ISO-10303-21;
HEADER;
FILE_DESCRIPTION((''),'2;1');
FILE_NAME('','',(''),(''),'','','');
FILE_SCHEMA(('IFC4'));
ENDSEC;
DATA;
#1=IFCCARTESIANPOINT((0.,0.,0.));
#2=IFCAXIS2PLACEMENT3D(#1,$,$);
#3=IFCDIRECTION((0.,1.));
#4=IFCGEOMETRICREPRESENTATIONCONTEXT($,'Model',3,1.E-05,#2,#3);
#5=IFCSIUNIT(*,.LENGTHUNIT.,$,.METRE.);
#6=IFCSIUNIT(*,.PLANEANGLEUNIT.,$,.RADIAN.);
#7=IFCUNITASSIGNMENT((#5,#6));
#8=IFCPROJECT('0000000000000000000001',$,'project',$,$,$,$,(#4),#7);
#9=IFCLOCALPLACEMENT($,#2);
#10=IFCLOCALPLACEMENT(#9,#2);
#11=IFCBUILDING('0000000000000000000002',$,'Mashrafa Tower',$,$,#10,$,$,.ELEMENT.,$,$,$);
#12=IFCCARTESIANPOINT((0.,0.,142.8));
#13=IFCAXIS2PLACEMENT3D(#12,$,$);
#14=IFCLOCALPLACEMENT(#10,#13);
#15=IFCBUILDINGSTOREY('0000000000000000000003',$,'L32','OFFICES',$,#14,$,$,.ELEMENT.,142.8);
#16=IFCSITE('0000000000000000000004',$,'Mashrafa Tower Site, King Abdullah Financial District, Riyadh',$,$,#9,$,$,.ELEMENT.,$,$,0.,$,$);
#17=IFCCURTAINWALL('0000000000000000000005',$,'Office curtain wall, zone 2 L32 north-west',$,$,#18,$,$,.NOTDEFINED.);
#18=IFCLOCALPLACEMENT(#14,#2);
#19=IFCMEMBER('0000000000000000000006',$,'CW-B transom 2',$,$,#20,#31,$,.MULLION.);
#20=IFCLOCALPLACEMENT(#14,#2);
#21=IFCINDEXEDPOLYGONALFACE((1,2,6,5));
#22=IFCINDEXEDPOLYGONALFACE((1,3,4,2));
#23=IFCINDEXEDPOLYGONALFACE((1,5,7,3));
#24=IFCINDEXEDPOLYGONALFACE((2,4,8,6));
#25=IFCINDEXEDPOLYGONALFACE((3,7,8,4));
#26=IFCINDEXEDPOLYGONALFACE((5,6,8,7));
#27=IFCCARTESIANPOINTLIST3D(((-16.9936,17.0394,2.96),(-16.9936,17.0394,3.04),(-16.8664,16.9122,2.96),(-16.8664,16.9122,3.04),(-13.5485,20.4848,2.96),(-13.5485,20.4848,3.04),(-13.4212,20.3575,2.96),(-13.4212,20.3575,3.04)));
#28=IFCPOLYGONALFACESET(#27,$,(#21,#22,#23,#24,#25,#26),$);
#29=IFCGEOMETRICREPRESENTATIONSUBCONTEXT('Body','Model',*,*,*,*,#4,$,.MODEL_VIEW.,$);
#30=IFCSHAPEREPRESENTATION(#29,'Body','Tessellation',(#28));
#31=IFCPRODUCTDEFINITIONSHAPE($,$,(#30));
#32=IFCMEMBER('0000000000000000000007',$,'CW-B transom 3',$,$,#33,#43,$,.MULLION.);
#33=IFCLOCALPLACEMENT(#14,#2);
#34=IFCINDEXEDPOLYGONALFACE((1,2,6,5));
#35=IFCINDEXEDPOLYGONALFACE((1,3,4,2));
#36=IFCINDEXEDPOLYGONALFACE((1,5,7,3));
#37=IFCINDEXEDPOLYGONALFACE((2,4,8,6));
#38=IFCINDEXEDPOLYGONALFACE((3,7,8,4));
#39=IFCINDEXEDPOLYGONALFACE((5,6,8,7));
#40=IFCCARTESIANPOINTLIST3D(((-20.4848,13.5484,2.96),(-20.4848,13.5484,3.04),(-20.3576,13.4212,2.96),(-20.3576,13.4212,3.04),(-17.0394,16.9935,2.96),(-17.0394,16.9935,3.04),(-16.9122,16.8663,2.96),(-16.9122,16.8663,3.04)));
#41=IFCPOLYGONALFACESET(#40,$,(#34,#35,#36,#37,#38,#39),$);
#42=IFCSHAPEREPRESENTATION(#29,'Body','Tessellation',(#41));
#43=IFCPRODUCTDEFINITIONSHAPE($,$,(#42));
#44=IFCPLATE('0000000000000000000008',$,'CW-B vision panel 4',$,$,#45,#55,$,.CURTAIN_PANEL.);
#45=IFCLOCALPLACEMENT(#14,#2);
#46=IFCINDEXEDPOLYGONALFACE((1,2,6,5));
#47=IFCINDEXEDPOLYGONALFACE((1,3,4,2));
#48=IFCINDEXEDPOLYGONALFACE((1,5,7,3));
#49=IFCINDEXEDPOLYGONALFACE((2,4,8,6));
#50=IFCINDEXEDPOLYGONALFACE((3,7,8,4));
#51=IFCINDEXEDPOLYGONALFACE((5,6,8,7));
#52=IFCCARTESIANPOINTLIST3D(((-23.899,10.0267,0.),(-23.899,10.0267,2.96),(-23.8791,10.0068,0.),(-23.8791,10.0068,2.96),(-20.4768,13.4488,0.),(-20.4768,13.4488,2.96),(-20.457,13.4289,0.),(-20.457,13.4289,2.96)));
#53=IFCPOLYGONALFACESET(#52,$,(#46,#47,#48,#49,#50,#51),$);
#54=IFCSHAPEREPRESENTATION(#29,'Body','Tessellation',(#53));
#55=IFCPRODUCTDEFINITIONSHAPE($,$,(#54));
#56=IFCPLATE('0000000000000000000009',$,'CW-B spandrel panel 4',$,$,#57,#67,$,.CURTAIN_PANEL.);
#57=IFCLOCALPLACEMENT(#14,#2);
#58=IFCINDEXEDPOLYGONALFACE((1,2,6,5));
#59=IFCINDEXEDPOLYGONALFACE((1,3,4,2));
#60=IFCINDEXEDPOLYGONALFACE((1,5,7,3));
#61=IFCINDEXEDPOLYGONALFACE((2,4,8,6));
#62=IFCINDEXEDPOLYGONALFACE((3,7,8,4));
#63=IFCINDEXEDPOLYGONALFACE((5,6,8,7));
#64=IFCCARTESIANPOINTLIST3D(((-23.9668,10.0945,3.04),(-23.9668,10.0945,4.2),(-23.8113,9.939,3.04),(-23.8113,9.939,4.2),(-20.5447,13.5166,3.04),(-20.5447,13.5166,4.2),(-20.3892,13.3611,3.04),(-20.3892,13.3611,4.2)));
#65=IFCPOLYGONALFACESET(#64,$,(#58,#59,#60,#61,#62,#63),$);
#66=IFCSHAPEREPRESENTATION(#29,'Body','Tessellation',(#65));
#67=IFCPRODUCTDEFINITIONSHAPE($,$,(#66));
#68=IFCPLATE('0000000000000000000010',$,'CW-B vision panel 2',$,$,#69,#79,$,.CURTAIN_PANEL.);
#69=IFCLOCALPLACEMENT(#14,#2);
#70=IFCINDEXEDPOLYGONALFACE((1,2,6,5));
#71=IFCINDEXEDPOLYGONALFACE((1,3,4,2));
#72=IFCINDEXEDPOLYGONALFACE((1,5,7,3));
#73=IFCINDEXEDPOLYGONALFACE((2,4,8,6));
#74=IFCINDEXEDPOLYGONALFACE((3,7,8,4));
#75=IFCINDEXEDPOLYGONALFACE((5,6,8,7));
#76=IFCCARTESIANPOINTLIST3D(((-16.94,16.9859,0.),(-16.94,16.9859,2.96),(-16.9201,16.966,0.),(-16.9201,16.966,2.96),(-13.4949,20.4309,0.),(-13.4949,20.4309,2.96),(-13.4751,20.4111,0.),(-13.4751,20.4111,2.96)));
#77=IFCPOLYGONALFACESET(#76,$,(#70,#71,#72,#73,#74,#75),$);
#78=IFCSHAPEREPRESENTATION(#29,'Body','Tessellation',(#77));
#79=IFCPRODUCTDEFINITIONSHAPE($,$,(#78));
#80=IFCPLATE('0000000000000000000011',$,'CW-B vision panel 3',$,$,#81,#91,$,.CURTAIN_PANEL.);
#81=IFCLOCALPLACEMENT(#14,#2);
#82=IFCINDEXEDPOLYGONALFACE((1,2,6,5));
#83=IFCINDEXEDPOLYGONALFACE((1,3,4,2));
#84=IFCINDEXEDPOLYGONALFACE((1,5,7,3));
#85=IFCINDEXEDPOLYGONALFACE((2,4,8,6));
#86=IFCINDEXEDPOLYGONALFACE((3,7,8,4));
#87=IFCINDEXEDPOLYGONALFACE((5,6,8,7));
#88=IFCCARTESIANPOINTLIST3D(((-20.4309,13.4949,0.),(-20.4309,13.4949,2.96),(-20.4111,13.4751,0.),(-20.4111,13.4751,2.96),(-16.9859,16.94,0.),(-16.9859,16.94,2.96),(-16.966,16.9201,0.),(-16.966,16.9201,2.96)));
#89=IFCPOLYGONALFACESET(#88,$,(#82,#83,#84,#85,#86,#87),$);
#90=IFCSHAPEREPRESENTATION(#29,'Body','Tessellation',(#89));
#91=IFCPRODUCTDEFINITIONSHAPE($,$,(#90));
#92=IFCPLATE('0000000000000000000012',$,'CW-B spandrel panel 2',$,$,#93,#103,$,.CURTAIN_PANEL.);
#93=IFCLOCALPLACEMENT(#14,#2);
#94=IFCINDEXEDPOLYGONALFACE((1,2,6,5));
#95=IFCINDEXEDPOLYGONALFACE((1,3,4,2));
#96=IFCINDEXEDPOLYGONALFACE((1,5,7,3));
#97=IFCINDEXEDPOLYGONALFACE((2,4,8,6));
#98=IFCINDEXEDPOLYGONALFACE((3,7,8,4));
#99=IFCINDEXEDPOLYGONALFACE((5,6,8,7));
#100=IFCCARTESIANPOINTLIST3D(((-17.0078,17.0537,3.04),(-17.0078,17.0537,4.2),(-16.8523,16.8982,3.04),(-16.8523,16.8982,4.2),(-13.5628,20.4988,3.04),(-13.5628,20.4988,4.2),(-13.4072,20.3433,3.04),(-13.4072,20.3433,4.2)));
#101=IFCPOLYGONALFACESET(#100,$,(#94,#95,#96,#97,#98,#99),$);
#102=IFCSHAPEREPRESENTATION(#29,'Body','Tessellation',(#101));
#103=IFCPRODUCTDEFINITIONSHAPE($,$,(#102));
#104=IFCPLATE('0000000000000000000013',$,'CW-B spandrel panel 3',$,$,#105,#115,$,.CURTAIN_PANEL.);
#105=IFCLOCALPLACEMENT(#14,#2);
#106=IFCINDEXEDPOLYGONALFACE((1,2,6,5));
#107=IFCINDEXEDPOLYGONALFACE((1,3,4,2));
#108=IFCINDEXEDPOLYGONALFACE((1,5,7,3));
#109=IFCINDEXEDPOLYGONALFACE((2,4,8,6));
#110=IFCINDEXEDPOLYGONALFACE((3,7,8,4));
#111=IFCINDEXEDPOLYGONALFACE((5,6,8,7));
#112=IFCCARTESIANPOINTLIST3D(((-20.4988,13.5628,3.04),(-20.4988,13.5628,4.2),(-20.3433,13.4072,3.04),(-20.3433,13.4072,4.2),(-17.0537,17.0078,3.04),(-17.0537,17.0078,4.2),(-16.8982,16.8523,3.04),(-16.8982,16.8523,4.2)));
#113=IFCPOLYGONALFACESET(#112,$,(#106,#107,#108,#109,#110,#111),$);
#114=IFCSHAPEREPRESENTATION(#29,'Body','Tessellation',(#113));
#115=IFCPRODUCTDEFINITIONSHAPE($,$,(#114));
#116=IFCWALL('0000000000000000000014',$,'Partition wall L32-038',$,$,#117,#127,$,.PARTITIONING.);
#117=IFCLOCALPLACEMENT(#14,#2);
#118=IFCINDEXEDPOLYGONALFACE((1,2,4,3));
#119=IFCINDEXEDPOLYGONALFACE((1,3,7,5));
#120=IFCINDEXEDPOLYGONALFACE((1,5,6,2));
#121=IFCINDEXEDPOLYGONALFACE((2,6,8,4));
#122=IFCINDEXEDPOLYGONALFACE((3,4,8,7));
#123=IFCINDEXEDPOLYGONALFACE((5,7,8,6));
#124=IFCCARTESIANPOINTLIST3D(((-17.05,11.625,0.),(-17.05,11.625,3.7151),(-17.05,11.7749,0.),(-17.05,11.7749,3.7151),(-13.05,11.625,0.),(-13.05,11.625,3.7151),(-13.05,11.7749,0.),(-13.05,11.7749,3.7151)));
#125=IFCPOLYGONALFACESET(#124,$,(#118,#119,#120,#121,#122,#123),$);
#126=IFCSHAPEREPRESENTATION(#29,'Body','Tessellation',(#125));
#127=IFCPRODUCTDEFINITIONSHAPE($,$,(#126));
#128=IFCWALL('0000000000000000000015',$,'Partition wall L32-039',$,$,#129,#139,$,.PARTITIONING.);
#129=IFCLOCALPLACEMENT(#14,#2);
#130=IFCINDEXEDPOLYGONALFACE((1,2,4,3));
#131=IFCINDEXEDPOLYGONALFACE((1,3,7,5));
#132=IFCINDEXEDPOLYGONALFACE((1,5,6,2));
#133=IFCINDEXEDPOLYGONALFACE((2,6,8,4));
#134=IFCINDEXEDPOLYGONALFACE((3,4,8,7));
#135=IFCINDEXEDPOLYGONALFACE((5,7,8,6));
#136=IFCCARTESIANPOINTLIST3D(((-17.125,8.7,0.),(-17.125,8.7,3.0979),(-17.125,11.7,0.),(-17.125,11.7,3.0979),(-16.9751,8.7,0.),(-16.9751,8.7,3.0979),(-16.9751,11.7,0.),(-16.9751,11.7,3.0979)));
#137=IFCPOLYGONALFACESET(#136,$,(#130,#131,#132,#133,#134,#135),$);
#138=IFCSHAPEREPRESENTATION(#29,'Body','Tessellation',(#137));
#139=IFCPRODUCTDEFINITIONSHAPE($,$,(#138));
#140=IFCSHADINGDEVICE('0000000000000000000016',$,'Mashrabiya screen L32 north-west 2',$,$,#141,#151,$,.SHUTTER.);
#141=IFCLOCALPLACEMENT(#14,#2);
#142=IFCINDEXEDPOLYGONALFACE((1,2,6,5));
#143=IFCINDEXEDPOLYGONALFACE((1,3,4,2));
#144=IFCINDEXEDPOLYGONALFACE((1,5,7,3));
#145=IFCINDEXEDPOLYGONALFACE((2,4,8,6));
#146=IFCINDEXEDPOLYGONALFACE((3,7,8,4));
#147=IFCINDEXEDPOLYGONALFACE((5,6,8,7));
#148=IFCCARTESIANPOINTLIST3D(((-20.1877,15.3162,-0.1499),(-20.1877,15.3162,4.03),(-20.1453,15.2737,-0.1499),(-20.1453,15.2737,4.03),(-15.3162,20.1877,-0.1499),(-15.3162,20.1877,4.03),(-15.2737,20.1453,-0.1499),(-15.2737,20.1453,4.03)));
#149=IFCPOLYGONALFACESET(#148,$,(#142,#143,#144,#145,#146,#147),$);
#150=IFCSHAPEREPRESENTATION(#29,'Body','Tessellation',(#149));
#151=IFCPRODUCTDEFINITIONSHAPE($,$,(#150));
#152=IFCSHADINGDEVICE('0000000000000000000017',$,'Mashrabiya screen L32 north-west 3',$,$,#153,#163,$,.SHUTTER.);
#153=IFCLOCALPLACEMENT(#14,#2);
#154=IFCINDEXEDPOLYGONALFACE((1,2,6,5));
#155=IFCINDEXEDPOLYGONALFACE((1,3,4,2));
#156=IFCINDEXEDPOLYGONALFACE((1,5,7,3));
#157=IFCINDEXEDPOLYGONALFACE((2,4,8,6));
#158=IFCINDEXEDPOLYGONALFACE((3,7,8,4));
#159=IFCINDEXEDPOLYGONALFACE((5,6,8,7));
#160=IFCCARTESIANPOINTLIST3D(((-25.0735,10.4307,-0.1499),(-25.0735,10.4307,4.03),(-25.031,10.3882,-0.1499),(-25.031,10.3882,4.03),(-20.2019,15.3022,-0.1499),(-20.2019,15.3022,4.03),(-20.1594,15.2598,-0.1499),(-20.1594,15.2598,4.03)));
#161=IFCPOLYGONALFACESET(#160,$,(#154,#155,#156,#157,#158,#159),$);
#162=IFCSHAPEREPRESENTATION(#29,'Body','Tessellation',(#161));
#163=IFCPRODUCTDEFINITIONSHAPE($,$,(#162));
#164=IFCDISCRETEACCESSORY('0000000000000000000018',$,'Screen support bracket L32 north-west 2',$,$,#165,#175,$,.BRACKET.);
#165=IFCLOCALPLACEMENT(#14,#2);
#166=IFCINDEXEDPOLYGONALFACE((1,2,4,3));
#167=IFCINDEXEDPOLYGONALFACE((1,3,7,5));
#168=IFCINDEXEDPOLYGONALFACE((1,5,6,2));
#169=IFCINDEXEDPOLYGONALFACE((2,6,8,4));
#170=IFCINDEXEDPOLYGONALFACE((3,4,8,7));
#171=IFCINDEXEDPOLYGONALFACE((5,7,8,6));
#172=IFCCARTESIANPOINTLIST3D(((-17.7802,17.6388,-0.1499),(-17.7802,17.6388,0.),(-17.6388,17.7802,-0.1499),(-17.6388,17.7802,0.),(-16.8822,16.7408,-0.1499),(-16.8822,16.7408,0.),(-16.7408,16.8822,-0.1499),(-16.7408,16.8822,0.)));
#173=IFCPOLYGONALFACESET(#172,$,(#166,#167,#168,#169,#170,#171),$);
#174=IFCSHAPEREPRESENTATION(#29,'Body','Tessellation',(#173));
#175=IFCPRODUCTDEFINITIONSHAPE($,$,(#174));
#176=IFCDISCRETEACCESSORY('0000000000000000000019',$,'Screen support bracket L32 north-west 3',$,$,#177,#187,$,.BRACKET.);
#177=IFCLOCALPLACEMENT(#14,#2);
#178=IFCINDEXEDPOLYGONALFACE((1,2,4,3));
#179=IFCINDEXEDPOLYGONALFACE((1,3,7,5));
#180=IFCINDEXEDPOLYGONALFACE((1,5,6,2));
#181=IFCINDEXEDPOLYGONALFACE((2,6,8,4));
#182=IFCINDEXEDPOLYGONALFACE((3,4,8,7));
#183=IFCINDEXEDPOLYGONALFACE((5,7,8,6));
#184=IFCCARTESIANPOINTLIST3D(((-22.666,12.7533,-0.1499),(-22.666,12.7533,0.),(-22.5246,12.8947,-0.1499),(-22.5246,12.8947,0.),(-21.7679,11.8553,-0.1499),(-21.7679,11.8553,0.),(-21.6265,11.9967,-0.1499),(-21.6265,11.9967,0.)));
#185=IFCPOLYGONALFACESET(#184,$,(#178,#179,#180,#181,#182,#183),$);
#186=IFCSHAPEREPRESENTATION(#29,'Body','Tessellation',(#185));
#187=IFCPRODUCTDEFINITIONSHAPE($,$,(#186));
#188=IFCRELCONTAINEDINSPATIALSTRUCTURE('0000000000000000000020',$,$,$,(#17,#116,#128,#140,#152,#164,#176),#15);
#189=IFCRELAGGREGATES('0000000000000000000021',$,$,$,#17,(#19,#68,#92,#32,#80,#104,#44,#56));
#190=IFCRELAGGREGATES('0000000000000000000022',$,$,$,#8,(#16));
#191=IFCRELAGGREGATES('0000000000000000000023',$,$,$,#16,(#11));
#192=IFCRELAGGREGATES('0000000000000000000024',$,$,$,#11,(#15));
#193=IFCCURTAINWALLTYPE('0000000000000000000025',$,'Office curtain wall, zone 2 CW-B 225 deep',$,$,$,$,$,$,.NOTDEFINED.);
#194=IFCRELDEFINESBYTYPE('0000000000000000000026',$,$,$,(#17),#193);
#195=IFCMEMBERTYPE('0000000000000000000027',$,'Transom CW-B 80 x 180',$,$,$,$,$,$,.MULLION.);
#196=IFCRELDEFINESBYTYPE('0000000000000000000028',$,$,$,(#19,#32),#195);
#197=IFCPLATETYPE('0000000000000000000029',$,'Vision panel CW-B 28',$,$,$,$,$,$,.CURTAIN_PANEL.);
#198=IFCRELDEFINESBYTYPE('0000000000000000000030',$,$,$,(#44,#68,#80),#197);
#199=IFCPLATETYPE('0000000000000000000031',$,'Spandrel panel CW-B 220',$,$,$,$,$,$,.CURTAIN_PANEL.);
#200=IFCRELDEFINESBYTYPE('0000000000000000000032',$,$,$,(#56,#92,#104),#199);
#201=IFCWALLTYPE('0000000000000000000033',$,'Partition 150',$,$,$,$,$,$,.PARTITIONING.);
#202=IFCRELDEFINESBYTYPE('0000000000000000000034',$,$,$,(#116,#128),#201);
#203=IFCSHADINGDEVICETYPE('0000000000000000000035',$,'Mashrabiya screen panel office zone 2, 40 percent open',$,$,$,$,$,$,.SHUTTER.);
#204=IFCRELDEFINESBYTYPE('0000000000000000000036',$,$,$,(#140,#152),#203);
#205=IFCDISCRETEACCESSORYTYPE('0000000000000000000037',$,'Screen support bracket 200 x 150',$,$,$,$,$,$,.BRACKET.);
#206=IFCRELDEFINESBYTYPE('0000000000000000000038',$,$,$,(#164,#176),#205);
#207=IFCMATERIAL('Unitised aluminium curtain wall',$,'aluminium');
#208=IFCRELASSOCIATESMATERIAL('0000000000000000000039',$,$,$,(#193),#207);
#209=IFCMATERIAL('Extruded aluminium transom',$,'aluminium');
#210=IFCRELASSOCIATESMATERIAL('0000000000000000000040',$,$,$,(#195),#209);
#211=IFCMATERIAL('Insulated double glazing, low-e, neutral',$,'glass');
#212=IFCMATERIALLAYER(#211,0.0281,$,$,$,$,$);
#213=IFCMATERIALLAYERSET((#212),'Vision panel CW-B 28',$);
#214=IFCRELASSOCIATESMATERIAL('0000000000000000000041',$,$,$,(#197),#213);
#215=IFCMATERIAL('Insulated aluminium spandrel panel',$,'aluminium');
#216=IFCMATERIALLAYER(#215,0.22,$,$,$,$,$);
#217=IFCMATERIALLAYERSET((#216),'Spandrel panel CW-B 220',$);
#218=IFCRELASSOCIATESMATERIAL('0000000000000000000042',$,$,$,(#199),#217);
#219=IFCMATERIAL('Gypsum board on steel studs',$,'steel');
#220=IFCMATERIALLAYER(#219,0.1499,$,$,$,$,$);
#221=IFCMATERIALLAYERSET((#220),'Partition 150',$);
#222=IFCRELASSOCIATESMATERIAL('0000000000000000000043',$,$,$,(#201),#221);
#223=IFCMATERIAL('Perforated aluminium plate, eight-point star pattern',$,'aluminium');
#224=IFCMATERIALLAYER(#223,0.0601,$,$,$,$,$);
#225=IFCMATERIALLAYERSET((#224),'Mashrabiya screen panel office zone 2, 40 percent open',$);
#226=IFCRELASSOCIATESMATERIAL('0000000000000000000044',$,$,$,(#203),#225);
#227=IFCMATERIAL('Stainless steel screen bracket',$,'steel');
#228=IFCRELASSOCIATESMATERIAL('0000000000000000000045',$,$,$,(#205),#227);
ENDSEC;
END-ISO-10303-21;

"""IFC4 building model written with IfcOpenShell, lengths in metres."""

from ifc_helpers import new_model, si_unit, direction, frame, frame_2d, origin, origin_2d, place, context, subcontext, project, spatial, rectangle, extrude, source, transform, mapped, material, layer, layer_set, material_profile, profile_set, type_object, type_shapes, element, aggregate, save


model = new_model("IFC4")

# Units and contexts
model_context = context("Model", 3, precision=1e-05, world=origin(), true_north=direction((0.0, 1.0)))
body_context = subcontext(model_context, "Body", "Model", "MODEL_VIEW")
ifc_project = project(units=[si_unit("LENGTHUNIT", "METRE"), si_unit("PLANEANGLEUNIT", "RADIAN")], contexts=[model_context])

# Site, building, storey
site_placement = place(None, origin())
site = spatial("IfcSite", under=ifc_project, at=site_placement, Name="Mashrafa Tower Site, King Abdullah Financial District, Riyadh", CompositionType="ELEMENT", RefElevation=0.0)
building_placement = place(site_placement, origin())
building = spatial("IfcBuilding", under=site, at=building_placement, Name="Mashrafa Tower", CompositionType="ELEMENT")
storey_placement = place(building_placement, frame((0.0, 0.0, 142.8)))
storey = spatial("IfcBuildingStorey", under=building, at=storey_placement, Name="L32", Description="OFFICES", CompositionType="ELEMENT", Elevation=142.8)

# Curtain wall
ifc_material_1 = material(Name="Unitised aluminium curtain wall", Category="aluminium")
curtain_wall_type = type_object("IfcCurtainWallType", Name="Office curtain wall, zone 2 CW-B 225 deep", PredefinedType="NOTDEFINED", material=ifc_material_1)
curtain_wall_1_placement = place(storey_placement, origin())
curtain_wall_1 = element("IfcCurtainWall", 1, at=curtain_wall_1_placement, inside=storey, type_object=curtain_wall_type, Name="Office curtain wall, zone 2 L32 north-west", PredefinedType="NOTDEFINED")

# Members
ifc_material_2 = material(Name="Extruded aluminium transom", Category="aluminium")
ifc_material_profile_1 = material_profile(ifc_material_2, rectangle(XDim=0.1799, YDim=0.0801, at=origin_2d()), Name="Transom 80x180")
ifc_profile_set_1 = profile_set([ifc_material_profile_1], Name="Extruded aluminium transom")
member_type_1 = type_object("IfcMemberType", Name="Transom CW-B 80 x 180", PredefinedType="MULLION", material=ifc_profile_set_1)
shared_shape_1 = source(origin(), body_context, "Body", "SweptSolid", [
    extrude(rectangle(XDim=0.1799, YDim=0.0801, at=origin_2d()), origin(), (0.0, 0.0, 1.0), 4.8723),
])
member_1_placement = place(storey_placement, frame((-13.4849, 20.4211, 3.0), z_axis=(-0.707082, -0.707132, 0.0), x_axis=(0.707132, -0.707082, 0.0)))
member_1 = element("IfcMember", 2, at=member_1_placement, type_object=member_type_1, Name="CW-B transom 2", PredefinedType="MULLION", context=body_context, shape_type="MappedRepresentation", body=[
    mapped(shared_shape_1, transform((0.0, 0.0, 0.0))),
])
member_2_placement = place(storey_placement, frame((-16.9758, 16.9299, 3.0), z_axis=(-0.707132, -0.707082, 0.0), x_axis=(0.707082, -0.707132, 0.0)))
member_2 = element("IfcMember", 3, at=member_2_placement, type_object=member_type_1, Name="CW-B transom 3", PredefinedType="MULLION", context=body_context, shape_type="MappedRepresentation", body=[
    mapped(shared_shape_1, transform((0.0, 0.0, 0.0))),
])

# Plates
ifc_material_3 = material(Name="Insulated double glazing, low-e, neutral", Category="glass")
ifc_layer_1 = layer(ifc_material_3, 0.0281)
ifc_layer_set_1 = layer_set([ifc_layer_1], Name="Vision panel CW-B 28")
plate_type_1 = type_object("IfcPlateType", Name="Vision panel CW-B 28", PredefinedType="CURTAIN_PANEL", material=ifc_layer_set_1)
shared_shape_2 = source(origin(), body_context, "Body", "SweptSolid", [
    extrude(rectangle(XDim=4.8396, YDim=0.0281, at=origin_2d()), origin(), (0.0, 0.0, 1.0), 2.96),
])
plate_1_placement = place(storey_placement, frame((-22.178, 11.7278, 0.0), z_axis=(0.0, 0.0, 1.0), x_axis=(-0.707107, -0.707107, 0.0)))
plate_1 = element("IfcPlate", 4, at=plate_1_placement, type_object=plate_type_1, Name="CW-B vision panel 4", PredefinedType="CURTAIN_PANEL", context=body_context, shape_type="MappedRepresentation", body=[
    mapped(shared_shape_2, transform((0.0, 0.0, 0.0))),
])
ifc_material_4 = material(Name="Insulated aluminium spandrel panel", Category="aluminium")
ifc_layer_2 = layer(ifc_material_4, 0.22)
ifc_layer_set_2 = layer_set([ifc_layer_2], Name="Spandrel panel CW-B 220")
plate_type_2 = type_object("IfcPlateType", Name="Spandrel panel CW-B 220", PredefinedType="CURTAIN_PANEL", material=ifc_layer_set_2)
shared_shape_3 = source(origin(), body_context, "Body", "SweptSolid", [
    extrude(rectangle(XDim=4.8396, YDim=0.22, at=origin_2d()), origin(), (0.0, 0.0, 1.0), 1.1599),
])
plate_2_placement = place(storey_placement, frame((-22.178, 11.7278, 3.04), z_axis=(0.0, 0.0, 1.0), x_axis=(-0.707107, -0.707107, 0.0)))
plate_2 = element("IfcPlate", 5, at=plate_2_placement, type_object=plate_type_2, Name="CW-B spandrel panel 4", PredefinedType="CURTAIN_PANEL", context=body_context, shape_type="MappedRepresentation", body=[
    mapped(shared_shape_3, transform((0.0, 0.0, 0.0))),
])
shared_shape_4 = source(origin(), body_context, "Body", "SweptSolid", [
    extrude(rectangle(XDim=4.8721, YDim=0.0281, at=origin_2d()), origin(), (0.0, 0.0, 1.0), 2.96),
])
type_shapes(plate_type_1, [shared_shape_2, shared_shape_4])
plate_3_placement = place(storey_placement, frame((-15.2075, 18.6985, 0.0), z_axis=(0.0, 0.0, 1.0), x_axis=(-0.707107, -0.707107, 0.0)))
plate_3 = element("IfcPlate", 6, at=plate_3_placement, type_object=plate_type_1, Name="CW-B vision panel 2", PredefinedType="CURTAIN_PANEL", context=body_context, shape_type="MappedRepresentation", body=[
    mapped(shared_shape_4, transform((0.0, 0.0, 0.0))),
])
plate_4_placement = place(storey_placement, frame((-18.6985, 15.2075, 0.0), z_axis=(0.0, 0.0, 1.0), x_axis=(-0.707107, -0.707107, 0.0)))
plate_4 = element("IfcPlate", 7, at=plate_4_placement, type_object=plate_type_1, Name="CW-B vision panel 3", PredefinedType="CURTAIN_PANEL", context=body_context, shape_type="MappedRepresentation", body=[
    mapped(shared_shape_4, transform((0.0, 0.0, 0.0))),
])
shared_shape_5 = source(origin(), body_context, "Body", "SweptSolid", [
    extrude(rectangle(XDim=4.8721, YDim=0.22, at=origin_2d()), origin(), (0.0, 0.0, 1.0), 1.1599),
])
type_shapes(plate_type_2, [shared_shape_3, shared_shape_5])
plate_5_placement = place(storey_placement, frame((-15.2075, 18.6985, 3.04), z_axis=(0.0, 0.0, 1.0), x_axis=(-0.707107, -0.707107, 0.0)))
plate_5 = element("IfcPlate", 8, at=plate_5_placement, type_object=plate_type_2, Name="CW-B spandrel panel 2", PredefinedType="CURTAIN_PANEL", context=body_context, shape_type="MappedRepresentation", body=[
    mapped(shared_shape_5, transform((0.0, 0.0, 0.0))),
])
plate_6_placement = place(storey_placement, frame((-18.6985, 15.2075, 3.04), z_axis=(0.0, 0.0, 1.0), x_axis=(-0.707107, -0.707107, 0.0)))
plate_6 = element("IfcPlate", 9, at=plate_6_placement, type_object=plate_type_2, Name="CW-B spandrel panel 3", PredefinedType="CURTAIN_PANEL", context=body_context, shape_type="MappedRepresentation", body=[
    mapped(shared_shape_5, transform((0.0, 0.0, 0.0))),
])
aggregate(curtain_wall_1, [member_1, plate_3, plate_5, member_2, plate_4, plate_6, plate_1, plate_2])

# Walls
ifc_material_5 = material(Name="Gypsum board on steel studs", Category="steel")
ifc_layer_3 = layer(ifc_material_5, 0.1499)
ifc_layer_set_3 = layer_set([ifc_layer_3], Name="Partition 150")
wall_type = type_object("IfcWallType", Name="Partition 150", PredefinedType="PARTITIONING", material=ifc_layer_set_3)
wall_1_placement = place(storey_placement, frame((-13.05, 11.7, 0.0), z_axis=(0.0, 0.0, 1.0), x_axis=(-1.0, 0.0, 0.0)))
element("IfcWall", 10, at=wall_1_placement, inside=storey, type_object=wall_type, Name="Partition wall L32-038", PredefinedType="PARTITIONING", context=body_context, shape_type="SweptSolid", body=[
    extrude(rectangle(XDim=4.0, YDim=0.1499, at=frame_2d((2.0, 0.0))), origin(), (0.0, 0.0, 1.0), 3.7151),
])
wall_2_placement = place(storey_placement, frame((-17.05, 11.7, 0.0), z_axis=(0.0, 0.0, 1.0), x_axis=(0.0, -1.0, 0.0)))
element("IfcWall", 11, at=wall_2_placement, inside=storey, type_object=wall_type, Name="Partition wall L32-039", PredefinedType="PARTITIONING", context=body_context, shape_type="SweptSolid", body=[
    extrude(rectangle(XDim=3.0, YDim=0.1499, at=frame_2d((1.5, 0.0))), origin(), (0.0, 0.0, 1.0), 3.0979),
])

# Shading devices
ifc_material_6 = material(Name="Perforated aluminium plate, eight-point star pattern", Category="aluminium")
ifc_layer_4 = layer(ifc_material_6, 0.0601)
ifc_layer_set_4 = layer_set([ifc_layer_4], Name="Mashrabiya screen panel office zone 2, 40 percent open")
shading_device_type = type_object("IfcShadingDeviceType", Name="Mashrabiya screen panel office zone 2, 40 percent open", PredefinedType="SHUTTER", material=ifc_layer_set_4)
shared_shape_6 = source(origin(), body_context, "Body", "SweptSolid", [
    extrude(rectangle(XDim=6.8894, YDim=0.0601, at=origin_2d()), origin(), (0.0, 0.0, 1.0), 4.1799),
])
type_shapes(shading_device_type, [shared_shape_6])
for number, where, z_axis, x_axis, name in (
    (12, (-17.7307, 17.7307, -0.1499), (0.0, 0.0, 1.0), (-0.707107, -0.707107, 0.0), "Mashrabiya screen L32 north-west 2"),
    (13, (-22.6165, 12.8452, -0.1499), (0.0, 0.0, 1.0), (-0.707107, -0.707107, 0.0), "Mashrabiya screen L32 north-west 3"),
):
    element("IfcShadingDevice", number, at=place(storey_placement, frame(where, z_axis=z_axis, x_axis=x_axis)), inside=storey, type_object=shading_device_type, Name=name, PredefinedType="SHUTTER", context=body_context, shape_type="MappedRepresentation", body=[
        mapped(shared_shape_6, transform((0.0, 0.0, 0.0))),
    ])

# Discrete accessories
ifc_material_7 = material(Name="Stainless steel screen bracket", Category="steel")
discrete_accessory_type = type_object("IfcDiscreteAccessoryType", Name="Screen support bracket 200 x 150", PredefinedType="BRACKET", material=ifc_material_7)
shared_shape_7 = source(origin(), body_context, "Body", "SweptSolid", [
    extrude(rectangle(XDim=0.2, YDim=1.27, at=origin_2d()), origin(), (0.0, 0.0, 1.0), 0.1499),
])
type_shapes(discrete_accessory_type, [shared_shape_7])
for number, where, z_axis, x_axis, name in (
    (14, (-17.2605, 17.2605, -0.1499), (0.0, 0.0, 1.0), (-0.707107, -0.707107, 0.0), "Screen support bracket L32 north-west 2"),
    (15, (-22.1462, 12.375, -0.1499), (0.0, 0.0, 1.0), (-0.707107, -0.707107, 0.0), "Screen support bracket L32 north-west 3"),
):
    element("IfcDiscreteAccessory", number, at=place(storey_placement, frame(where, z_axis=z_axis, x_axis=x_axis)), inside=storey, type_object=discrete_accessory_type, Name=name, PredefinedType="BRACKET", context=body_context, shape_type="MappedRepresentation", body=[
        mapped(shared_shape_7, transform((0.0, 0.0, 0.0))),
    ])

save(model, "model.ifc")
